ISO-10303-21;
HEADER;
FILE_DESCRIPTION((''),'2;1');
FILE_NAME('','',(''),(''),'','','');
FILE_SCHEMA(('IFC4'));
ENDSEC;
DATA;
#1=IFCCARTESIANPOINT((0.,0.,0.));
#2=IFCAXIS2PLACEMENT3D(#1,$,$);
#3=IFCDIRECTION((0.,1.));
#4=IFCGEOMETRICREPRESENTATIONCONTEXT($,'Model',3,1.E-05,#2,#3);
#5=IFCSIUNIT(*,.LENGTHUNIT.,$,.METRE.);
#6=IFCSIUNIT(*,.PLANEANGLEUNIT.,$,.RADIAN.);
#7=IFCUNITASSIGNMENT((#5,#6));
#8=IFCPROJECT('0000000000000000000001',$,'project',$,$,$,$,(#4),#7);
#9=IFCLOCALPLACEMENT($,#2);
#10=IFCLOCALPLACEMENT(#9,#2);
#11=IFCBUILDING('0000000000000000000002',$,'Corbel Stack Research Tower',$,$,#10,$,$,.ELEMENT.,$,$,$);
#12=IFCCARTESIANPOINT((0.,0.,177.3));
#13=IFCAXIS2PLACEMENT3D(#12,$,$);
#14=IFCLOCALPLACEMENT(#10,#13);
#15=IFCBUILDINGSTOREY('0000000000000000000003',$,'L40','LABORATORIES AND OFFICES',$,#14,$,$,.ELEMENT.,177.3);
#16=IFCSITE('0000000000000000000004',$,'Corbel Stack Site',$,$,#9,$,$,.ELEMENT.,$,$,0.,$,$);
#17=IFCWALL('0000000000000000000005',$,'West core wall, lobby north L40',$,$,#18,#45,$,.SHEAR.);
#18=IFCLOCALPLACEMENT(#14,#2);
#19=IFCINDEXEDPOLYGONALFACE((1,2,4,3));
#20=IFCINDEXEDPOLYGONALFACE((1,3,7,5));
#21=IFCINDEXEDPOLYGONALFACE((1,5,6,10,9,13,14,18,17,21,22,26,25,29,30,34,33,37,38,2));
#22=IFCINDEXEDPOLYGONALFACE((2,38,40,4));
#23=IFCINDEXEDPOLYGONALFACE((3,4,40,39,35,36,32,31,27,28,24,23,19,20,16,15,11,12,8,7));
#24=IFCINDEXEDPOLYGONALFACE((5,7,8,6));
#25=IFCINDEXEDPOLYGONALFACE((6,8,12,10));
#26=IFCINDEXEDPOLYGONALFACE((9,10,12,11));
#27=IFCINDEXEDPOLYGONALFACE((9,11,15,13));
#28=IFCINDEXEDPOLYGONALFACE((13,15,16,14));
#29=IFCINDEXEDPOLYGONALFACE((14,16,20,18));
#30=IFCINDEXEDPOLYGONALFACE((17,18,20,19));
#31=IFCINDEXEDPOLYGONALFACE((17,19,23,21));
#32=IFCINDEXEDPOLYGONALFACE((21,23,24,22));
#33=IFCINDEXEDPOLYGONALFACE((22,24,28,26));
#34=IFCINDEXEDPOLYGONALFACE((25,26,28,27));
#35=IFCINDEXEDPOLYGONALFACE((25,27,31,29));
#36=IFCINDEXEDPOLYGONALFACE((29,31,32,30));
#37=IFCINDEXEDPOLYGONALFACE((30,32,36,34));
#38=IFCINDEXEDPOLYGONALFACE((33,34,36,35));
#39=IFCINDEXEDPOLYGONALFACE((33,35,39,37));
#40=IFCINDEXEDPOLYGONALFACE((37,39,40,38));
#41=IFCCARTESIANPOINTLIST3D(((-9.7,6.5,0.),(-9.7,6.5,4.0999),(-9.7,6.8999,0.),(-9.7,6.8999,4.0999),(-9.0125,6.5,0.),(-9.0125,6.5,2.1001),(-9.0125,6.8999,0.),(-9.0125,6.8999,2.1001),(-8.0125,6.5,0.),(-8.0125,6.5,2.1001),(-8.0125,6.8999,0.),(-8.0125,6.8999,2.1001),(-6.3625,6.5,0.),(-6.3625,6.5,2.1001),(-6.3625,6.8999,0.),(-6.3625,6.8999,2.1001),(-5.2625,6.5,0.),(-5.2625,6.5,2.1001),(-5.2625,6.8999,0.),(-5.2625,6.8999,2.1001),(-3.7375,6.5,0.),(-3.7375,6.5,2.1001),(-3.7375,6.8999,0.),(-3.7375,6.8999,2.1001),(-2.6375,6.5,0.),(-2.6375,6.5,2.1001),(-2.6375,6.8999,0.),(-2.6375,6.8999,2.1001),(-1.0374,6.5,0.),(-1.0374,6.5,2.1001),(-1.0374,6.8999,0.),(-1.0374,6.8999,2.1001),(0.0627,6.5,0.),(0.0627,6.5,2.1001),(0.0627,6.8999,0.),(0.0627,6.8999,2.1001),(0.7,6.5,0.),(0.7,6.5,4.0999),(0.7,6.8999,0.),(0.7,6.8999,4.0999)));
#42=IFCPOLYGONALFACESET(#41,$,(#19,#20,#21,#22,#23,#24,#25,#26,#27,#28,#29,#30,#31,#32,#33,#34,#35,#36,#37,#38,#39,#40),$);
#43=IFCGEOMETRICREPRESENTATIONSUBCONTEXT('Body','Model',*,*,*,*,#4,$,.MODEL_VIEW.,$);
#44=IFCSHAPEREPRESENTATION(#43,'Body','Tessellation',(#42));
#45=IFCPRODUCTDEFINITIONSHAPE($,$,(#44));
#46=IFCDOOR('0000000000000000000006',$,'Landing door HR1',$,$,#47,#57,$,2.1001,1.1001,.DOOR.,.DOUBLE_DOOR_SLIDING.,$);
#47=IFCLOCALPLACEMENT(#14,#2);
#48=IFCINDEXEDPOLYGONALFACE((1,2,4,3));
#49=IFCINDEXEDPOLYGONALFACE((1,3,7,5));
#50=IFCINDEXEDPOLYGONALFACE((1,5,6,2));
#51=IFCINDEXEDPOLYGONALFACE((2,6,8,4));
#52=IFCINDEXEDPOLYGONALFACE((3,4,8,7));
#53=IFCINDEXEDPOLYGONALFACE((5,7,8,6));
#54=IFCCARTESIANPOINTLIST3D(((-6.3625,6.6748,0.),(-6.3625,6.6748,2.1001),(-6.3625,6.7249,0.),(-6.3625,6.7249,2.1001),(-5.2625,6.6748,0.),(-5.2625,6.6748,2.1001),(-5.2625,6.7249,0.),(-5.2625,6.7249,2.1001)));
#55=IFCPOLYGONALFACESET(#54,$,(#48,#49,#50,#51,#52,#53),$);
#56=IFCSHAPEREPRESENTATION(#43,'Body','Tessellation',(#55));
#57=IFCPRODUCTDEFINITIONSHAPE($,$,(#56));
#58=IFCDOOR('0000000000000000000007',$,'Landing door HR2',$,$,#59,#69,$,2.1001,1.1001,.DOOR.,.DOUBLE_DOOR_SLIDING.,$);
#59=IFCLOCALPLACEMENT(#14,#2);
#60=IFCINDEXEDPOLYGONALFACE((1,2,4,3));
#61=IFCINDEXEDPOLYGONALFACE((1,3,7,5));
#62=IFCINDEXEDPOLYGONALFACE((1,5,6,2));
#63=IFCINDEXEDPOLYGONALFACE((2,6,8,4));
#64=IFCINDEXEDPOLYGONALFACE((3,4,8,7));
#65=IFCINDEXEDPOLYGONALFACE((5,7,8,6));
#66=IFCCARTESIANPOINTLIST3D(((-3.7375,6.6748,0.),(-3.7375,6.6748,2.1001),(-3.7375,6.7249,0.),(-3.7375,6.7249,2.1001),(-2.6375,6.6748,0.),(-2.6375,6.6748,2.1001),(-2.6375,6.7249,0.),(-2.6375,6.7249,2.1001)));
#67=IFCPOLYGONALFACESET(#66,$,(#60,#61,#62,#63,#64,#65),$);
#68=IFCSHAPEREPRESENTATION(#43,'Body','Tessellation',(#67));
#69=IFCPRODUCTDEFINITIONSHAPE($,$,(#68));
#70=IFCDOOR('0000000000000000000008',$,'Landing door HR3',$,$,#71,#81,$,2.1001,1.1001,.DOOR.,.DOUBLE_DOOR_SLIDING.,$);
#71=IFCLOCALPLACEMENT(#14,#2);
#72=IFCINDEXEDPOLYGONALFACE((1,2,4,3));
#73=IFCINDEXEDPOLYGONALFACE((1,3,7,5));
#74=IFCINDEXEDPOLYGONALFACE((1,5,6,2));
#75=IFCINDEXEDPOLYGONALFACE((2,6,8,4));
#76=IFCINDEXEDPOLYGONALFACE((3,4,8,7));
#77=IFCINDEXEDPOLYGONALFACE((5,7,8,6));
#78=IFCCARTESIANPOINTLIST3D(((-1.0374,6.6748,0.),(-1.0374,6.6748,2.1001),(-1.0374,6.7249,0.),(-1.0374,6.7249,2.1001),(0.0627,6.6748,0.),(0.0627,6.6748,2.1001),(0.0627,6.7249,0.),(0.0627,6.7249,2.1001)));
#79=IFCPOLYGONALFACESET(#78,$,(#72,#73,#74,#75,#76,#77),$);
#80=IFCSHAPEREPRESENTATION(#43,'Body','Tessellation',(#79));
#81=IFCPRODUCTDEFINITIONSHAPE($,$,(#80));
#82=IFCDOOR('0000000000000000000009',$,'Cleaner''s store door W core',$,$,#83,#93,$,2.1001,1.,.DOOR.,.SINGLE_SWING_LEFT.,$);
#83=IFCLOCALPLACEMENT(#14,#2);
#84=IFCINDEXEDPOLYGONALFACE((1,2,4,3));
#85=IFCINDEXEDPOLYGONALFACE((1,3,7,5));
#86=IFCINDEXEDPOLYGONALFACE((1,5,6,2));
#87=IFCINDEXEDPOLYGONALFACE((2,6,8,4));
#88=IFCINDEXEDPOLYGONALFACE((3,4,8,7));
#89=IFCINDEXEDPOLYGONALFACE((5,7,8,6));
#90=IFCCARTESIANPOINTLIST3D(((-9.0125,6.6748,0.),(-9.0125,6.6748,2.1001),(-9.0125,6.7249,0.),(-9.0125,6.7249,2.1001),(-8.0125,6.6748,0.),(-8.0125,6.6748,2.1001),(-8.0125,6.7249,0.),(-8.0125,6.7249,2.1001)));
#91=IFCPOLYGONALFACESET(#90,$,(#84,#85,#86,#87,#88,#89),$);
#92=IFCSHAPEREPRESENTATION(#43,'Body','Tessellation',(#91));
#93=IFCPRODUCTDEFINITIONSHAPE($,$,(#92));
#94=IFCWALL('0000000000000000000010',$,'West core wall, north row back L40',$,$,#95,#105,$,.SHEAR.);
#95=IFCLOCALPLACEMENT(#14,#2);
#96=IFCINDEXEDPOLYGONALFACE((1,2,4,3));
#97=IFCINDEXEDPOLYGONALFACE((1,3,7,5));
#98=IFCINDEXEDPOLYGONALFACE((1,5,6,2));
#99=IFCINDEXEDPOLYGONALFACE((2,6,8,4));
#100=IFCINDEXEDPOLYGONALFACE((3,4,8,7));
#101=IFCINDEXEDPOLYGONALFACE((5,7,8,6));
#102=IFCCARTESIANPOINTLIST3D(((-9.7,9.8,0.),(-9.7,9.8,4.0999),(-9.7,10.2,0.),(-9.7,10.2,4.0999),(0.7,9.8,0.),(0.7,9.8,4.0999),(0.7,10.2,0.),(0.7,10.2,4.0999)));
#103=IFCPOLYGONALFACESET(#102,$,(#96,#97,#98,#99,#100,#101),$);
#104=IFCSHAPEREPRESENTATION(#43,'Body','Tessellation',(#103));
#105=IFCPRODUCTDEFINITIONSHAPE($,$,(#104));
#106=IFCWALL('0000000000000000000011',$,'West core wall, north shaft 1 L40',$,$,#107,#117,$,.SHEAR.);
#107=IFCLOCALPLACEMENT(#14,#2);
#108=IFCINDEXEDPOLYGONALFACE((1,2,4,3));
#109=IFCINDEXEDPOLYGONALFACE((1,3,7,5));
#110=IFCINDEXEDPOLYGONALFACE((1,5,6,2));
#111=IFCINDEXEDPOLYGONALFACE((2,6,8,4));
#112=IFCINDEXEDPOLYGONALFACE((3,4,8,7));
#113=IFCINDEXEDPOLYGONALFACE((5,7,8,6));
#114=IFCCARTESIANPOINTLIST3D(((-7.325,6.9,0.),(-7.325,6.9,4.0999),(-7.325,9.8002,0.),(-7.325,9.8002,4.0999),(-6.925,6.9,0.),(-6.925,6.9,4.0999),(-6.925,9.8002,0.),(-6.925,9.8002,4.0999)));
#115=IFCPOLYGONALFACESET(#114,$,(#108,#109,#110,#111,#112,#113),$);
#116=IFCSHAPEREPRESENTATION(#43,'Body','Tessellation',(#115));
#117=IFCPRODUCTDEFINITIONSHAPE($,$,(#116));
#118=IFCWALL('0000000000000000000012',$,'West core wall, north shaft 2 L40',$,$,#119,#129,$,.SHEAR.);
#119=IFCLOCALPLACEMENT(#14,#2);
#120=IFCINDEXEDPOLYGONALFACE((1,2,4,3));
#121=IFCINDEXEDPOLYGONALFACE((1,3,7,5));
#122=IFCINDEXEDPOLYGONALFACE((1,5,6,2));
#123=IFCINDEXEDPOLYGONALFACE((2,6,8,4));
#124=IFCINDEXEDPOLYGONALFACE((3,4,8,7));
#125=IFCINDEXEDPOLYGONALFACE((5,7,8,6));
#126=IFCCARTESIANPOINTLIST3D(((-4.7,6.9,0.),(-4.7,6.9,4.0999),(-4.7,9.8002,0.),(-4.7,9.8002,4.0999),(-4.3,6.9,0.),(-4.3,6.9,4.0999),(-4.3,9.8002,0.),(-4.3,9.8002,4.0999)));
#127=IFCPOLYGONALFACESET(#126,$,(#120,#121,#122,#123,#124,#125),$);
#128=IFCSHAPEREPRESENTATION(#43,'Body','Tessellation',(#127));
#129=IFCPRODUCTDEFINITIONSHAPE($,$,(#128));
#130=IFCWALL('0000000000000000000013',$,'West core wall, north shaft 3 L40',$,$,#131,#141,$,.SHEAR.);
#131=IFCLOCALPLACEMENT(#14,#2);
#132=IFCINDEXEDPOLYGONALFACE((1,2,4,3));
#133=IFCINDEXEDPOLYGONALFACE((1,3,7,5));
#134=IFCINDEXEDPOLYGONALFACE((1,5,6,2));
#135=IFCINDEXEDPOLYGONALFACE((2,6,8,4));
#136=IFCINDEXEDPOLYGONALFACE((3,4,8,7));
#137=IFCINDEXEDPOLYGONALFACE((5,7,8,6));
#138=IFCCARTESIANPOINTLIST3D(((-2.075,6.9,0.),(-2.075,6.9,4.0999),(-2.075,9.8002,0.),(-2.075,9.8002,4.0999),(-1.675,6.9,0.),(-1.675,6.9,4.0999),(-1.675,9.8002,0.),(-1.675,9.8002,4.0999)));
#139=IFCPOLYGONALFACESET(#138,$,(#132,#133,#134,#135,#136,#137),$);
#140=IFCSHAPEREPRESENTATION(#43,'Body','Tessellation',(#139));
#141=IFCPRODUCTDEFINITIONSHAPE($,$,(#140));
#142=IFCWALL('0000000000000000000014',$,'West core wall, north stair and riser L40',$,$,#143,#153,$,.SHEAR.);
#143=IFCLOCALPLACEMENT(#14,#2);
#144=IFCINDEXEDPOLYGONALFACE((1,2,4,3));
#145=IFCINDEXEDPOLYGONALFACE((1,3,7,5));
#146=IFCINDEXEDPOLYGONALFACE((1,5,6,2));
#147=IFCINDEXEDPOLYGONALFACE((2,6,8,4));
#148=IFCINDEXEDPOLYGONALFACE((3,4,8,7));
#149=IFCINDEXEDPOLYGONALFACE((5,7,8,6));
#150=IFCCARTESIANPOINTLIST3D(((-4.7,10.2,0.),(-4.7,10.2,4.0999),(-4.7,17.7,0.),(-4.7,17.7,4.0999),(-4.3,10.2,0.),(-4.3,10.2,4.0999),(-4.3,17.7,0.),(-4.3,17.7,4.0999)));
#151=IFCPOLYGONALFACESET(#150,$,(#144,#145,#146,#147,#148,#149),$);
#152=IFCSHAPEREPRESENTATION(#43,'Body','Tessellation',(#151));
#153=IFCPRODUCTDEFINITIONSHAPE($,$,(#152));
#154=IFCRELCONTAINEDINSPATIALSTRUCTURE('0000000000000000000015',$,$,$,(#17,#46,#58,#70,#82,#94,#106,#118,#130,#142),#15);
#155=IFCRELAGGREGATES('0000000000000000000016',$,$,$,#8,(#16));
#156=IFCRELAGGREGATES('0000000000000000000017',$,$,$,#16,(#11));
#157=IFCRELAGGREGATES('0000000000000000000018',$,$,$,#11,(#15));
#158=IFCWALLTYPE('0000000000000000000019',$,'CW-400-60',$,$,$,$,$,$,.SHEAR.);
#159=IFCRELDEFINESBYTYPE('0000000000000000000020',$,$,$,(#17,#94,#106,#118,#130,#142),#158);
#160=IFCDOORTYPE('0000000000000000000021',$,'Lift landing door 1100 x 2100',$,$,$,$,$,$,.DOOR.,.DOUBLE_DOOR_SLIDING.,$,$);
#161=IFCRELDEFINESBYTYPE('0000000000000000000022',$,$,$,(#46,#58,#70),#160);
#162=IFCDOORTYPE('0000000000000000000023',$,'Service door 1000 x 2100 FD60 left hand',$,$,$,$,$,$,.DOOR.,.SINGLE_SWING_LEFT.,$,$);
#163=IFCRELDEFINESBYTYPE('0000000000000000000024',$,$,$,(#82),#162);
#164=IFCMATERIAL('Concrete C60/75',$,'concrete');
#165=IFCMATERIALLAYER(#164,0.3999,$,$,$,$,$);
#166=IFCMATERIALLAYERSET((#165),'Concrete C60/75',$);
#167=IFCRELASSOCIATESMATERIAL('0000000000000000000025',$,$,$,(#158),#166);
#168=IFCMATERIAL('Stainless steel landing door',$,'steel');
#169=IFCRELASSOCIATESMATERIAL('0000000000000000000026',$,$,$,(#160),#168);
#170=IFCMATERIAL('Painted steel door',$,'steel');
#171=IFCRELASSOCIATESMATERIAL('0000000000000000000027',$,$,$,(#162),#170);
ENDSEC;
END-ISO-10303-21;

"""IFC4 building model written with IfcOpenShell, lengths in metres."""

from ifc_helpers import new_model, si_unit, direction, frame, frame_2d, origin, place, context, subcontext, project, spatial, rectangle, extrude, material, layer, layer_set, type_object, element, fill, save


model = new_model("IFC4")

# Units and contexts
model_context = context("Model", 3, precision=1e-05, world=origin(), true_north=direction((0.0, 1.0)))
body_context = subcontext(model_context, "Body", "Model", "MODEL_VIEW")
ifc_project = project(units=[si_unit("LENGTHUNIT", "METRE"), si_unit("PLANEANGLEUNIT", "RADIAN")], contexts=[model_context])

# Site, building, storey
site_placement = place(None, origin())
site = spatial("IfcSite", under=ifc_project, at=site_placement, Name="Corbel Stack Site", CompositionType="ELEMENT", RefElevation=0.0)
building_placement = place(site_placement, origin())
building = spatial("IfcBuilding", under=site, at=building_placement, Name="Corbel Stack Research Tower", CompositionType="ELEMENT")
storey_placement = place(building_placement, frame((0.0, 0.0, 177.3)))
storey = spatial("IfcBuildingStorey", under=building, at=storey_placement, Name="L40", Description="LABORATORIES AND OFFICES", CompositionType="ELEMENT", Elevation=177.3)

# Wall, openings, doors
ifc_material_1 = material(Name="Concrete C60/75", Category="concrete")
ifc_layer_1 = layer(ifc_material_1, 0.3999)
ifc_layer_set_1 = layer_set([ifc_layer_1], Name="Concrete C60/75")
wall_type_1 = type_object("IfcWallType", Name="CW-400-60", PredefinedType="SHEAR", material=ifc_layer_set_1)
ifc_material_2 = material(Name="Stainless steel landing door", Category="steel")
door_type_1 = type_object("IfcDoorType", Name="Lift landing door 1100 x 2100", OperationType="DOUBLE_DOOR_SLIDING", PredefinedType="DOOR", material=ifc_material_2)
ifc_material_3 = material(Name="Painted steel door", Category="steel")
door_type_2 = type_object("IfcDoorType", Name="Service door 1000 x 2100 FD60 left hand", OperationType="SINGLE_SWING_LEFT", PredefinedType="DOOR", material=ifc_material_3)
wall_1_placement = place(storey_placement, frame((-9.7, 6.7, 0.0), z_axis=(0.0, 0.0, 1.0), x_axis=(1.0, 0.0, 0.0)))
wall_1 = element("IfcWall", 1, at=wall_1_placement, inside=storey, type_object=wall_type_1, Name="West core wall, lobby north L40", PredefinedType="SHEAR", context=body_context, shape_type="SweptSolid", body=[
    extrude(rectangle(XDim=10.3999, YDim=0.3999, at=frame_2d((5.2, 0.0))), origin(), (0.0, 0.0, 1.0), 4.0999),
])
opening_1_placement = place(wall_1_placement, frame((3.3374, 0.0, 0.0)))
opening_1 = element("IfcOpeningElement", 2, at=opening_1_placement, cuts=wall_1, PredefinedType="OPENING", context=body_context, shape_type="SweptSolid", body=[
    extrude(rectangle(XDim=1.1001, YDim=2.1001, at=frame_2d((0.55, 1.05))), frame((0.0, 0.21, 0.0), z_axis=(0.0, -1.0, 0.0), x_axis=(1.0, 0.0, 0.0)), (0.0, 0.0, 1.0), 0.4199),
])
opening_2_placement = place(wall_1_placement, frame((5.9624, 0.0, 0.0)))
opening_2 = element("IfcOpeningElement", 3, at=opening_2_placement, cuts=wall_1, PredefinedType="OPENING", context=body_context, shape_type="SweptSolid", body=[
    extrude(rectangle(XDim=1.1001, YDim=2.1001, at=frame_2d((0.55, 1.05))), frame((0.0, 0.21, 0.0), z_axis=(0.0, -1.0, 0.0), x_axis=(1.0, 0.0, 0.0)), (0.0, 0.0, 1.0), 0.4199),
])
opening_3_placement = place(wall_1_placement, frame((8.6626, 0.0, 0.0)))
opening_3 = element("IfcOpeningElement", 4, at=opening_3_placement, cuts=wall_1, PredefinedType="OPENING", context=body_context, shape_type="SweptSolid", body=[
    extrude(rectangle(XDim=1.1001, YDim=2.1001, at=frame_2d((0.55, 1.05))), frame((0.0, 0.21, 0.0), z_axis=(0.0, -1.0, 0.0), x_axis=(1.0, 0.0, 0.0)), (0.0, 0.0, 1.0), 0.4199),
])
opening_4_placement = place(wall_1_placement, frame((0.6875, 0.0, 0.0)))
opening_4 = element("IfcOpeningElement", 5, at=opening_4_placement, cuts=wall_1, PredefinedType="OPENING", context=body_context, shape_type="SweptSolid", body=[
    extrude(rectangle(XDim=1.0, YDim=2.1001, at=frame_2d((0.5, 1.05))), frame((0.0, 0.21, 0.0), z_axis=(0.0, -1.0, 0.0), x_axis=(1.0, 0.0, 0.0)), (0.0, 0.0, 1.0), 0.4199),
])
door_1_placement = place(opening_1_placement, origin())
door_1 = element("IfcDoor", 6, at=door_1_placement, inside=storey, type_object=door_type_1, Name="Landing door HR1", OperationType="DOUBLE_DOOR_SLIDING", OverallHeight=2.1001, OverallWidth=1.1001, PredefinedType="DOOR", context=body_context, shape_type="SweptSolid", body=[
    extrude(rectangle(XDim=1.1001, YDim=2.1001, at=frame_2d((0.55, 1.05))), frame((0.0, 0.0249, 0.0), z_axis=(0.0, -1.0, 0.0), x_axis=(1.0, 0.0, 0.0)), (0.0, 0.0, 1.0), 0.05),
])
fill(opening_1, door_1)
door_2_placement = place(opening_2_placement, origin())
door_2 = element("IfcDoor", 7, at=door_2_placement, inside=storey, type_object=door_type_1, Name="Landing door HR2", OperationType="DOUBLE_DOOR_SLIDING", OverallHeight=2.1001, OverallWidth=1.1001, PredefinedType="DOOR", context=body_context, shape_type="SweptSolid", body=[
    extrude(rectangle(XDim=1.1001, YDim=2.1001, at=frame_2d((0.55, 1.05))), frame((0.0, 0.0249, 0.0), z_axis=(0.0, -1.0, 0.0), x_axis=(1.0, 0.0, 0.0)), (0.0, 0.0, 1.0), 0.05),
])
fill(opening_2, door_2)
door_3_placement = place(opening_3_placement, origin())
door_3 = element("IfcDoor", 8, at=door_3_placement, inside=storey, type_object=door_type_1, Name="Landing door HR3", OperationType="DOUBLE_DOOR_SLIDING", OverallHeight=2.1001, OverallWidth=1.1001, PredefinedType="DOOR", context=body_context, shape_type="SweptSolid", body=[
    extrude(rectangle(XDim=1.1001, YDim=2.1001, at=frame_2d((0.55, 1.05))), frame((0.0, 0.0249, 0.0), z_axis=(0.0, -1.0, 0.0), x_axis=(1.0, 0.0, 0.0)), (0.0, 0.0, 1.0), 0.05),
])
fill(opening_3, door_3)
door_4_placement = place(opening_4_placement, origin())
door_4 = element("IfcDoor", 9, at=door_4_placement, inside=storey, type_object=door_type_2, Name="Cleaner's store door W core", OperationType="SINGLE_SWING_LEFT", OverallHeight=2.1001, OverallWidth=1.0, PredefinedType="DOOR", context=body_context, shape_type="SweptSolid", body=[
    extrude(rectangle(XDim=1.0, YDim=2.1001, at=frame_2d((0.5, 1.05))), frame((0.0, 0.0249, 0.0), z_axis=(0.0, -1.0, 0.0), x_axis=(1.0, 0.0, 0.0)), (0.0, 0.0, 1.0), 0.05),
])
fill(opening_4, door_4)

# Walls
wall_2_placement = place(storey_placement, frame((-9.7, 10.0, 0.0), z_axis=(0.0, 0.0, 1.0), x_axis=(1.0, 0.0, 0.0)))
element("IfcWall", 10, at=wall_2_placement, inside=storey, type_object=wall_type_1, Name="West core wall, north row back L40", PredefinedType="SHEAR", context=body_context, shape_type="SweptSolid", body=[
    extrude(rectangle(XDim=10.3999, YDim=0.3999, at=frame_2d((5.2, 0.0))), origin(), (0.0, 0.0, 1.0), 4.0999),
])
for number, where, z_axis, x_axis, name in (
    (11, (-7.125, 6.8999, 0.0), (0.0, 0.0, 1.0), (0.0, 1.0, 0.0), "West core wall, north shaft 1 L40"),
    (12, (-4.5, 6.8999, 0.0), (0.0, 0.0, 1.0), (0.0, 1.0, 0.0), "West core wall, north shaft 2 L40"),
    (13, (-1.875, 6.8999, 0.0), (0.0, 0.0, 1.0), (0.0, 1.0, 0.0), "West core wall, north shaft 3 L40"),
):
    element("IfcWall", number, at=place(storey_placement, frame(where, z_axis=z_axis, x_axis=x_axis)), inside=storey, type_object=wall_type_1, Name=name, PredefinedType="SHEAR", context=body_context, shape_type="SweptSolid", body=[
        extrude(rectangle(XDim=2.9001, YDim=0.3999, at=frame_2d((1.4502, 0.0))), origin(), (0.0, 0.0, 1.0), 4.0999),
    ])
wall_3_placement = place(storey_placement, frame((-4.5, 10.2, 0.0), z_axis=(0.0, 0.0, 1.0), x_axis=(0.0, 1.0, 0.0)))
element("IfcWall", 14, at=wall_3_placement, inside=storey, type_object=wall_type_1, Name="West core wall, north stair and riser L40", PredefinedType="SHEAR", context=body_context, shape_type="SweptSolid", body=[
    extrude(rectangle(XDim=7.5, YDim=0.3999, at=frame_2d((3.75, 0.0))), origin(), (0.0, 0.0, 1.0), 4.0999),
])

save(model, "model.ifc")
